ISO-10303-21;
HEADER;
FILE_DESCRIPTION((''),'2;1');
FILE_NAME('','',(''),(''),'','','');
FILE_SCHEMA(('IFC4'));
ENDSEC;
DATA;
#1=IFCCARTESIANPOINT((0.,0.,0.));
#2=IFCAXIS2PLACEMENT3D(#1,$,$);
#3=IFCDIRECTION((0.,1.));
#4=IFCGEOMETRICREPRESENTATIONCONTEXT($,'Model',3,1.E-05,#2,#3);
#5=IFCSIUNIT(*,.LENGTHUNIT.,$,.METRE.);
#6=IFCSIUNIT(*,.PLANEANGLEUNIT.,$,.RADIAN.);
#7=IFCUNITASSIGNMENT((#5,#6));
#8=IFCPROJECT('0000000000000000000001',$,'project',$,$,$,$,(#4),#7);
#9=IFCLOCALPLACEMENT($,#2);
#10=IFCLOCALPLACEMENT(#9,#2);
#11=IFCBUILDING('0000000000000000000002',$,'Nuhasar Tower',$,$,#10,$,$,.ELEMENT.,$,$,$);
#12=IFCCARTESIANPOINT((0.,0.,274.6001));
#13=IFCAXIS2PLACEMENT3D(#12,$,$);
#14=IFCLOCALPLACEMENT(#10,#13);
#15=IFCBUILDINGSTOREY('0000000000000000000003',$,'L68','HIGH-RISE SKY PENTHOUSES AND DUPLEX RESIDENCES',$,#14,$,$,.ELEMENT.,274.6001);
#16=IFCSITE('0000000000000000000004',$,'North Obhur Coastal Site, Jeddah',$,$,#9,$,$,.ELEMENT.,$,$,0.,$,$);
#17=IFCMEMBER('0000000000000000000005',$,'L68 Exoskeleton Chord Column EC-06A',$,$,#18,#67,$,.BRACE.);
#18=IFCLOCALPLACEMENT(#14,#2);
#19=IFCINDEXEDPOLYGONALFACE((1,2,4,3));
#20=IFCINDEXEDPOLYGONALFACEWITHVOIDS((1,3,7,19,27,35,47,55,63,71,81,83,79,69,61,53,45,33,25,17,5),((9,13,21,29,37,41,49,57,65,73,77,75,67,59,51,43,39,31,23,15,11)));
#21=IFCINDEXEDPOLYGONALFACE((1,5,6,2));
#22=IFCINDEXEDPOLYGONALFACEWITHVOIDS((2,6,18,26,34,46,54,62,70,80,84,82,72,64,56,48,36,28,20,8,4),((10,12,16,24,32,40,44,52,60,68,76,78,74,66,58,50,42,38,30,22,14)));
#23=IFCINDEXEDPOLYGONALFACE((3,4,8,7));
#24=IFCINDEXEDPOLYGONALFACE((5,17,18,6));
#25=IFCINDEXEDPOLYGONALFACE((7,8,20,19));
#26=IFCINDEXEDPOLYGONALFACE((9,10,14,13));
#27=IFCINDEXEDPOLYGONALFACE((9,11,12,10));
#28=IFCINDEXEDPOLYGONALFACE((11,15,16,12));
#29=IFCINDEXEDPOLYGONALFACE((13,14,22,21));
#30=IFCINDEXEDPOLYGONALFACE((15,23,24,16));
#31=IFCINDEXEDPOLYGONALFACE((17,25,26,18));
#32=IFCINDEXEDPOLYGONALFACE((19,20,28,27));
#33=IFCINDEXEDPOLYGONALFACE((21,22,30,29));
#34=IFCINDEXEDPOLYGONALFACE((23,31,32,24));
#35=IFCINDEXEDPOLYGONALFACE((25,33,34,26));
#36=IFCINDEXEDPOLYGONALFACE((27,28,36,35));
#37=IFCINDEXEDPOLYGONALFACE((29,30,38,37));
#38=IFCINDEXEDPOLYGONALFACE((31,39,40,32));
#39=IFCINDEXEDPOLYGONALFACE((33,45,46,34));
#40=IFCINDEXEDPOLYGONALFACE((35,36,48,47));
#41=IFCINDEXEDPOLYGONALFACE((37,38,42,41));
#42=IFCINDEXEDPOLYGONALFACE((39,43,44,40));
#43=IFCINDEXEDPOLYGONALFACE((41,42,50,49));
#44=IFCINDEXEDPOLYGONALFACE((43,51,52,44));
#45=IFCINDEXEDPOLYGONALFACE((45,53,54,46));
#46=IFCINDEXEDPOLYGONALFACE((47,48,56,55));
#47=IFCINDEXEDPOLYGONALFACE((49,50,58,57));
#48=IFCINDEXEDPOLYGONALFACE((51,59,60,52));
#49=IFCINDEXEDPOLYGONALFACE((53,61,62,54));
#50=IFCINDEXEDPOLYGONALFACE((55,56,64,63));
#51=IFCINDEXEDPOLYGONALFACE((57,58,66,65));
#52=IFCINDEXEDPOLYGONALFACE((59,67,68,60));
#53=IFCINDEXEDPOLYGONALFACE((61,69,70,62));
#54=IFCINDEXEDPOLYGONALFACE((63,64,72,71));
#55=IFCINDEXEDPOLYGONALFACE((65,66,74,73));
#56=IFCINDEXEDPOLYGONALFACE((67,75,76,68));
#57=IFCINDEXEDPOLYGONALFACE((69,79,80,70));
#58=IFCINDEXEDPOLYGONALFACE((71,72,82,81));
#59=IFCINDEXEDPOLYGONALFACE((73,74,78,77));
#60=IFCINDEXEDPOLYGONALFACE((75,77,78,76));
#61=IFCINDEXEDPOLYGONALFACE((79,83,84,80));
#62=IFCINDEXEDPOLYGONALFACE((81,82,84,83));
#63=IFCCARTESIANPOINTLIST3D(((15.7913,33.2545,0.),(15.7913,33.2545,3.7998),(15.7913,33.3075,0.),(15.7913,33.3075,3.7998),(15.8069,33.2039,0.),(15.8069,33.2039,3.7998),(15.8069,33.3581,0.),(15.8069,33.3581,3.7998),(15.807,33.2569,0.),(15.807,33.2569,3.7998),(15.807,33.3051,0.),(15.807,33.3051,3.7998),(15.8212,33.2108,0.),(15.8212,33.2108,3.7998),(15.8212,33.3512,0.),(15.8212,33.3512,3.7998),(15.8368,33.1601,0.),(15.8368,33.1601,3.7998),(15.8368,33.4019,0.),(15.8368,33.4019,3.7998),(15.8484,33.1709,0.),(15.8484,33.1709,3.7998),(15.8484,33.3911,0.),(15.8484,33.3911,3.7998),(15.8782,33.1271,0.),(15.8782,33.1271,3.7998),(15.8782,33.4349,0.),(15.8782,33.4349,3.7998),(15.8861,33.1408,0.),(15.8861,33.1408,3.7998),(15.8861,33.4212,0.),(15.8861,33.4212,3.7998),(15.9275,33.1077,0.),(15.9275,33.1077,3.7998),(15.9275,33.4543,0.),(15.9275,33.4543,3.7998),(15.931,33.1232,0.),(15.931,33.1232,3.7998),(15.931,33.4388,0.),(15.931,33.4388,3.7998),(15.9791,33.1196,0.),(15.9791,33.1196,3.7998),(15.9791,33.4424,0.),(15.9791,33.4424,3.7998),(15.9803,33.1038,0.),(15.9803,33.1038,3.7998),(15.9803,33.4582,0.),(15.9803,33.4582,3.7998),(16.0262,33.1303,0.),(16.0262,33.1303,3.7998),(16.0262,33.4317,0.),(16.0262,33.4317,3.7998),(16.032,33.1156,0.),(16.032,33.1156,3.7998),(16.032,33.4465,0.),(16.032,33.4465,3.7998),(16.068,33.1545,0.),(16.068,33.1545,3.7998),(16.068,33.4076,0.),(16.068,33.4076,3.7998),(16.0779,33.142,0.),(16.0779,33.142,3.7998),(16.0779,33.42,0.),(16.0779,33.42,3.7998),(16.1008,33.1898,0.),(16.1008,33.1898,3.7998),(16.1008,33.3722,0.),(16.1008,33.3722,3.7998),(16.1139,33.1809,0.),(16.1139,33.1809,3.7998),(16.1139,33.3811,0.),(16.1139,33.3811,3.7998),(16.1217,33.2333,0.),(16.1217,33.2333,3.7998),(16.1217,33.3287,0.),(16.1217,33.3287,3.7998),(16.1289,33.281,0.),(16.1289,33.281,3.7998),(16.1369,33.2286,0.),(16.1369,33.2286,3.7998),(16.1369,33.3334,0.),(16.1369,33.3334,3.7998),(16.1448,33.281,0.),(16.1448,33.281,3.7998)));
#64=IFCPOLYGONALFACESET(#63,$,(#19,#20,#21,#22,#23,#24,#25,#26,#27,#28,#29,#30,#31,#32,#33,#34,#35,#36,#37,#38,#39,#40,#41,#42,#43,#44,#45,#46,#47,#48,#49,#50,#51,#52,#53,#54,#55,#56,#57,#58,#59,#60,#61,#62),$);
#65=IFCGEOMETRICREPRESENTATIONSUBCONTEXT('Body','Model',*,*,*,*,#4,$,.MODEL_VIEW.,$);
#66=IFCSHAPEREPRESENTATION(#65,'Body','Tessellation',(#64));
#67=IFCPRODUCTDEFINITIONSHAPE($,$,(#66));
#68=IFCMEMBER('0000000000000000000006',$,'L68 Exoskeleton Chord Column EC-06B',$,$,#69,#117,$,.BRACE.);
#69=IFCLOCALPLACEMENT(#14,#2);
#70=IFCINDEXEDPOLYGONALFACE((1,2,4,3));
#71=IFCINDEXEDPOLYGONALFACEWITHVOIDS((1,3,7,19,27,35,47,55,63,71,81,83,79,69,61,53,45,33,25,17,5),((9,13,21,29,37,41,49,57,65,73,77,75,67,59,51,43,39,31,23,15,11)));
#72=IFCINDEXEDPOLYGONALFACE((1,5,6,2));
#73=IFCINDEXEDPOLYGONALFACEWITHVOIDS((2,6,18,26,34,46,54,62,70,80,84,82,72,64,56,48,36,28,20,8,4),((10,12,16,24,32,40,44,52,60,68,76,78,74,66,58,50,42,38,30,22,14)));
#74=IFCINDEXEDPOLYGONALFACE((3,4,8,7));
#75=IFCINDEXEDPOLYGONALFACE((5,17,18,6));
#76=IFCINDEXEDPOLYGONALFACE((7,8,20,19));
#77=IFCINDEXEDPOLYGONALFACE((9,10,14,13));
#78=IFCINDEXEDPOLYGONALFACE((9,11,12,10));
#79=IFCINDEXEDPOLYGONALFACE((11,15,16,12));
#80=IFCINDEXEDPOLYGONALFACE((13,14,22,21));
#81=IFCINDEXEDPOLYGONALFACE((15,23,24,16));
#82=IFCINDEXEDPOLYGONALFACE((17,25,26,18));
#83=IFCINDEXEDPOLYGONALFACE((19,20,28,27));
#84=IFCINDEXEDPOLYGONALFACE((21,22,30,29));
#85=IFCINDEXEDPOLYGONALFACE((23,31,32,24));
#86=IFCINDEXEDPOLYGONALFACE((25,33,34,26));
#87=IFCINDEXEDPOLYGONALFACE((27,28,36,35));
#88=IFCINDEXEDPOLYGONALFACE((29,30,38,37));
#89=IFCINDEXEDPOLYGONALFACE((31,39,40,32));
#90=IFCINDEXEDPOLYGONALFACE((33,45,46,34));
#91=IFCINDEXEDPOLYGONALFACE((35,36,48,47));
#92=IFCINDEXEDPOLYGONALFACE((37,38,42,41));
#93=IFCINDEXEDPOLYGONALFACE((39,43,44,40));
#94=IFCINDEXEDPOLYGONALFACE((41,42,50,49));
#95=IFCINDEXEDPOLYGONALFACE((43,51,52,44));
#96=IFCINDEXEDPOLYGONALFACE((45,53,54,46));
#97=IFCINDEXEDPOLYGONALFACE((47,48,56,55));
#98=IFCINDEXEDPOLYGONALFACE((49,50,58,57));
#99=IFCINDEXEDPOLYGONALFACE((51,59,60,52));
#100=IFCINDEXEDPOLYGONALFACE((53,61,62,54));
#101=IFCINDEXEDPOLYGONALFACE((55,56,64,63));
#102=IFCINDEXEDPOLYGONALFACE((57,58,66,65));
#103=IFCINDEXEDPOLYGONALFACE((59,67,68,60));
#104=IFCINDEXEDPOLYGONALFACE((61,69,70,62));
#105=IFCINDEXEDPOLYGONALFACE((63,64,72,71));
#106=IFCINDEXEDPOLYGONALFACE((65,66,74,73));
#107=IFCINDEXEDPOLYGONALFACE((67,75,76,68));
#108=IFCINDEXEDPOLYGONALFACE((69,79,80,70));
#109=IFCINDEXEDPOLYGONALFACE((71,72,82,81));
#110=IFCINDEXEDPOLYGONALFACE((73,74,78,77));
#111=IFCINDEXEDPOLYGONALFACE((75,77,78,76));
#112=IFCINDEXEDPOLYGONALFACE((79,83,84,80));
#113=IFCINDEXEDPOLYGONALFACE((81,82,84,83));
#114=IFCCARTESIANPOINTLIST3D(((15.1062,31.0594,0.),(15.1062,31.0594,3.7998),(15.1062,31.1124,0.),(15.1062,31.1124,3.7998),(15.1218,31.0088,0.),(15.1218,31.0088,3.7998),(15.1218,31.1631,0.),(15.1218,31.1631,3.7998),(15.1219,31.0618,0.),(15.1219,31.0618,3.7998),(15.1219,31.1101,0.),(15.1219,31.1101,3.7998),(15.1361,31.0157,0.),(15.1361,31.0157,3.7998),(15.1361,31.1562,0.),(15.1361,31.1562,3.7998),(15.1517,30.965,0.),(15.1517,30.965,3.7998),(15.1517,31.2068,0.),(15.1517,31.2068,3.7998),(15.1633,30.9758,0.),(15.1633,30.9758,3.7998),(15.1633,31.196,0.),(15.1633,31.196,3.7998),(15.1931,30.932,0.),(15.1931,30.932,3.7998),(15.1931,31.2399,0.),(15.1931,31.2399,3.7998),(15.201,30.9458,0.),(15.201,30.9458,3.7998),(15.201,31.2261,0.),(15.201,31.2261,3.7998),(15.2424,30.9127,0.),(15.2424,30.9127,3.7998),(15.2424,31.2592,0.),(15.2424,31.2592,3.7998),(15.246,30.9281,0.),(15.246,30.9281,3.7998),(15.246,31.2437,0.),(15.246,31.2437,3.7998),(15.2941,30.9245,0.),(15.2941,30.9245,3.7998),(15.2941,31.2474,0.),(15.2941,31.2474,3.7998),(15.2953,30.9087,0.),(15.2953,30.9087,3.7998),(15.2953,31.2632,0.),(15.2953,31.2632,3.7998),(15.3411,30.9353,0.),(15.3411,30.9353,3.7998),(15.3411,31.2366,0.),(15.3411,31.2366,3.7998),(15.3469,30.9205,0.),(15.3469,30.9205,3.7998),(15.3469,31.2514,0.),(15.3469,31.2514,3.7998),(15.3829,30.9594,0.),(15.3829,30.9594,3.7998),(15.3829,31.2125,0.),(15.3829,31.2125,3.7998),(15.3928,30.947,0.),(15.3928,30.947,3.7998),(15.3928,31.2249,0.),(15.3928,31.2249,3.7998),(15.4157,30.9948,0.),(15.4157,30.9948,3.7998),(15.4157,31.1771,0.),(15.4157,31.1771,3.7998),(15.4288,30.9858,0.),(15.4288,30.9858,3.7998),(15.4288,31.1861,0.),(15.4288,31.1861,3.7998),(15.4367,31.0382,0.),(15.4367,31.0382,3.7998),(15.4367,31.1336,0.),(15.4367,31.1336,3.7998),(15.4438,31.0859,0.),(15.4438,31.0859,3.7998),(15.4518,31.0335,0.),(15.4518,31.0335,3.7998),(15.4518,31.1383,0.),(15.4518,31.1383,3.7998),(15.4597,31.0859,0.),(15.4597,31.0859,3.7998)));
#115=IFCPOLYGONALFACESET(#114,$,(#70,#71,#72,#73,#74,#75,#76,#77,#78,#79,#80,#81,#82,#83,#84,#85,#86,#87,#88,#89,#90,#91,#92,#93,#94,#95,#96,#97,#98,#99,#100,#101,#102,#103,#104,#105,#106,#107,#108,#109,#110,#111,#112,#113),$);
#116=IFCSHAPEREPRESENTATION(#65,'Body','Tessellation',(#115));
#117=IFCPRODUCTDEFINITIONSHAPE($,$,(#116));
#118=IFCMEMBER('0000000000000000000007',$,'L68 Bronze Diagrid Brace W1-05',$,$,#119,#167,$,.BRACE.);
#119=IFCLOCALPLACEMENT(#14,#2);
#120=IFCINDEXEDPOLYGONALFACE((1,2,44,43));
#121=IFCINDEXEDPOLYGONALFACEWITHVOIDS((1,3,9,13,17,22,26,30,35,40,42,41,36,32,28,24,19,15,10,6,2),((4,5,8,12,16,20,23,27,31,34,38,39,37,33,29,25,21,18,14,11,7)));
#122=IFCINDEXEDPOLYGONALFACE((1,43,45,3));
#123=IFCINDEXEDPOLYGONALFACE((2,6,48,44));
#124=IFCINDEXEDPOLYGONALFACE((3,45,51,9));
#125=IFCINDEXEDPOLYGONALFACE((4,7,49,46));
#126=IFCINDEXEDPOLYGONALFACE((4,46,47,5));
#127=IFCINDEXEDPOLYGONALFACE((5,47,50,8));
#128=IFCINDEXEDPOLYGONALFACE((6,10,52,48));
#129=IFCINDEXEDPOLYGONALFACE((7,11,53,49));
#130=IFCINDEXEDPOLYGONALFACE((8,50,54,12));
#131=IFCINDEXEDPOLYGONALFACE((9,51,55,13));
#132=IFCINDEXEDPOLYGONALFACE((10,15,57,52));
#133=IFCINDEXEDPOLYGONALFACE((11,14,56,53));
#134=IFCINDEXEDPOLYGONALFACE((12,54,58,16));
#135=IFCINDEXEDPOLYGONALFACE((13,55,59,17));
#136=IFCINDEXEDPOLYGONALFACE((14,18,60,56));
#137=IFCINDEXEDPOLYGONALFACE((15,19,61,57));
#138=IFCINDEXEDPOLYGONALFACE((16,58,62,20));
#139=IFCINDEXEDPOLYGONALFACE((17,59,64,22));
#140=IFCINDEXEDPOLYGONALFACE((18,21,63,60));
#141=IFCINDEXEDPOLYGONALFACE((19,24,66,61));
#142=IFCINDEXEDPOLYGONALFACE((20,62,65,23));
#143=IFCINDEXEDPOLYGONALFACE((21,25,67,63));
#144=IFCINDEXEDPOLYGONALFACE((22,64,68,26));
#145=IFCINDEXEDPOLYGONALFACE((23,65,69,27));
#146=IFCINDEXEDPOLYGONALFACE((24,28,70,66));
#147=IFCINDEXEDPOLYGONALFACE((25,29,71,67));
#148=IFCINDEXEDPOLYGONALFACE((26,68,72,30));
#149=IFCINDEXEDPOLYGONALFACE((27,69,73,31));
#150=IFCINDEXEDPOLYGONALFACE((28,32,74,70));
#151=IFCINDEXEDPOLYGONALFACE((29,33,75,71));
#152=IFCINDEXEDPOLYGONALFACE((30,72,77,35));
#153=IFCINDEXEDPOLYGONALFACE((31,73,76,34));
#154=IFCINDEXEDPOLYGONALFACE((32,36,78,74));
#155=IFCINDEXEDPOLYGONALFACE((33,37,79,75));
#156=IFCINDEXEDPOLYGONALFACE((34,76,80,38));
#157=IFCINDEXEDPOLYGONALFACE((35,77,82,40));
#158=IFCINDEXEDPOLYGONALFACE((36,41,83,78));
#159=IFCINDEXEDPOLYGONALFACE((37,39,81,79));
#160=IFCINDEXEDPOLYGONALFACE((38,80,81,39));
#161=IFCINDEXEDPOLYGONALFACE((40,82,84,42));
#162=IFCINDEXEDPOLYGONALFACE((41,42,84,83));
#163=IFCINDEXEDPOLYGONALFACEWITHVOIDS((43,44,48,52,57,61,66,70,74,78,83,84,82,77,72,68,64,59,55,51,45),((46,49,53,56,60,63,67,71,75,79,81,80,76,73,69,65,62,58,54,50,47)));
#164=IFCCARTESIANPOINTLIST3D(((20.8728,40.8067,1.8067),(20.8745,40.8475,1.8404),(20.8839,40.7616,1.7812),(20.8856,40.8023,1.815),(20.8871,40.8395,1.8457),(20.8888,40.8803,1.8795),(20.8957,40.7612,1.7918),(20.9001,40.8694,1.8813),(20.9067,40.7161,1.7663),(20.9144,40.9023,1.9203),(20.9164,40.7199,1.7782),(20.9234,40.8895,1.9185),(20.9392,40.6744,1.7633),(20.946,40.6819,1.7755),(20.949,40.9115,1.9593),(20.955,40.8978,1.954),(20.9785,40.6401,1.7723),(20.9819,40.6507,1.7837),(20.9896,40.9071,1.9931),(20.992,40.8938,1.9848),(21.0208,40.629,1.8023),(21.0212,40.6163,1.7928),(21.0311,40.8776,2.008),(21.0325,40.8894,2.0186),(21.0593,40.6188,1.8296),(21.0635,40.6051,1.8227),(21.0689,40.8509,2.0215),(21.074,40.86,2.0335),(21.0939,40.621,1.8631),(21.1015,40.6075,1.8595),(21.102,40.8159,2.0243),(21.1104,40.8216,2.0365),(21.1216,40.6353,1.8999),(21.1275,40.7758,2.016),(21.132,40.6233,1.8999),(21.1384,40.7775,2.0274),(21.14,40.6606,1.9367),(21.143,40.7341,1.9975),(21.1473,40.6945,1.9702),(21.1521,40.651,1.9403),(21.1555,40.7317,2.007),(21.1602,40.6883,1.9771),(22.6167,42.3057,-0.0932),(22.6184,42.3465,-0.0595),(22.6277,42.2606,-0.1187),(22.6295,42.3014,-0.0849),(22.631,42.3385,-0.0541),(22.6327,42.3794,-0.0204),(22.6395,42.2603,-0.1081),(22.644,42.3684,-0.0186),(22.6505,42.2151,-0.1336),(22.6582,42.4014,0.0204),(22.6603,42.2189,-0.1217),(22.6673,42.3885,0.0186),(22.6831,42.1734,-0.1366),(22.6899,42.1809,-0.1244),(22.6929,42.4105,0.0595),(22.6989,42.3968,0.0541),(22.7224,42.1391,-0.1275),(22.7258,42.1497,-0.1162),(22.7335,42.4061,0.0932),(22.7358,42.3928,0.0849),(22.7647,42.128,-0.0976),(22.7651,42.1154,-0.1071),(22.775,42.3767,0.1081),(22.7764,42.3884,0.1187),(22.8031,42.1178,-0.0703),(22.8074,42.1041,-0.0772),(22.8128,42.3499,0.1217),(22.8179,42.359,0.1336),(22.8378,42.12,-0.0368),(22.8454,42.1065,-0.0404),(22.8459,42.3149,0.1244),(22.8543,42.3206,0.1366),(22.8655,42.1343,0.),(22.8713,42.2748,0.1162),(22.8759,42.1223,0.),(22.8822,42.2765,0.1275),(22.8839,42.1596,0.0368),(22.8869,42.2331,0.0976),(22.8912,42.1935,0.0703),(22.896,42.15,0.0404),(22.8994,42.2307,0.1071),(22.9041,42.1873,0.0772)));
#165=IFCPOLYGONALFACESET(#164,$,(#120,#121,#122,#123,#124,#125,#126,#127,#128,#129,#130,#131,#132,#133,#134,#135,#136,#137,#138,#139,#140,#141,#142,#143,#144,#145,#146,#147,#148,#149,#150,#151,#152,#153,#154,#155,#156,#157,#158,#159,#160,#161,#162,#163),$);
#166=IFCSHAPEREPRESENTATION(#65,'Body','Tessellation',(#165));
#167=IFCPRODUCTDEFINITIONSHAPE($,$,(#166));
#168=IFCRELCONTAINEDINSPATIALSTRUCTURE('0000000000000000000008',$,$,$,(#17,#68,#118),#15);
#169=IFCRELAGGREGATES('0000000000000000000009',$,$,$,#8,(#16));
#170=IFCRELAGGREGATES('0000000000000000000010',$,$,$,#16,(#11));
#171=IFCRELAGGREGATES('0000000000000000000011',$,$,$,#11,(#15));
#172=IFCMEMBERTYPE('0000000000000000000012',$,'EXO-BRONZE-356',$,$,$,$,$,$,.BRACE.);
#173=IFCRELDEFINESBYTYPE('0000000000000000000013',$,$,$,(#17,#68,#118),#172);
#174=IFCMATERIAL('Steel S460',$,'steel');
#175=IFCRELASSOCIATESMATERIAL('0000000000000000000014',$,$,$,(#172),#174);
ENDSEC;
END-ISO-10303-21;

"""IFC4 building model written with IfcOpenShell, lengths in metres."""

from ifc_helpers import new_model, si_unit, direction, frame, origin, origin_2d, place, context, subcontext, project, spatial, hollow_circle, extrude, material, material_profile, profile_set, type_object, element, save


model = new_model("IFC4")

# Units and contexts
model_context = context("Model", 3, precision=1e-05, world=origin(), true_north=direction((0.0, 1.0)))
body_context = subcontext(model_context, "Body", "Model", "MODEL_VIEW")
ifc_project = project(units=[si_unit("LENGTHUNIT", "METRE"), si_unit("PLANEANGLEUNIT", "RADIAN")], contexts=[model_context])

# Site, building, storey
site_placement = place(None, origin())
site = spatial("IfcSite", under=ifc_project, at=site_placement, Name="North Obhur Coastal Site, Jeddah", CompositionType="ELEMENT", RefElevation=0.0)
building_placement = place(site_placement, origin())
building = spatial("IfcBuilding", under=site, at=building_placement, Name="Nuhasar Tower", CompositionType="ELEMENT")
storey_placement = place(building_placement, frame((0.0, 0.0, 274.6001)))
storey = spatial("IfcBuildingStorey", under=building, at=storey_placement, Name="L68", Description="HIGH-RISE SKY PENTHOUSES AND DUPLEX RESIDENCES", CompositionType="ELEMENT", Elevation=274.6001)

# Members
ifc_material_1 = material(Name="Steel S460", Category="steel")
ifc_material_profile_1 = material_profile(ifc_material_1, hollow_circle(Radius=0.1777, WallThickness=0.0159, at=origin_2d()), Name="HSS355.6X15.9")
ifc_profile_set_1 = profile_set([ifc_material_profile_1], Name="Steel S460")
member_type_1 = type_object("IfcMemberType", Name="EXO-BRONZE-356", PredefinedType="BRACE", material=ifc_profile_set_1)
for number, where, z_axis, x_axis, name in (
    (1, (15.967, 33.281, 0.0), (0.0, 0.0, 1.0), (1.0, 0.0, 0.0), "L68 Exoskeleton Chord Column EC-06A"),
    (2, (15.282, 31.0859, 0.0), (0.0, 0.0, 1.0), (1.0, 0.0, 0.0), "L68 Exoskeleton Chord Column EC-06B"),
):
    element("IfcMember", number, at=place(storey_placement, frame(where, z_axis=z_axis, x_axis=x_axis)), inside=storey, type_object=member_type_1, Name=name, PredefinedType="BRACE", context=body_context, shape_type="SweptSolid", body=[
        extrude(hollow_circle(Radius=0.1777, WallThickness=0.0159, at=origin_2d()), origin(), (0.0, 0.0, 1.0), 3.7998),
    ])
for number, where, z_axis, x_axis, name in (
    (3, (22.76, 42.2571, 0.0), (-0.584625, -0.502534, 0.636925), (0.651857, -0.758342, 0.0), "L68 Bronze Diagrid Brace W1-05"),
):
    element("IfcMember", number, at=place(storey_placement, frame(where, z_axis=z_axis, x_axis=x_axis)), inside=storey, type_object=member_type_1, Name=name, PredefinedType="BRACE", context=body_context, shape_type="SweptSolid", body=[
        extrude(hollow_circle(Radius=0.1777, WallThickness=0.0159, at=origin_2d()), origin(), (0.0, 0.0, 1.0), 2.9829),
    ])

save(model, "model.ifc")
